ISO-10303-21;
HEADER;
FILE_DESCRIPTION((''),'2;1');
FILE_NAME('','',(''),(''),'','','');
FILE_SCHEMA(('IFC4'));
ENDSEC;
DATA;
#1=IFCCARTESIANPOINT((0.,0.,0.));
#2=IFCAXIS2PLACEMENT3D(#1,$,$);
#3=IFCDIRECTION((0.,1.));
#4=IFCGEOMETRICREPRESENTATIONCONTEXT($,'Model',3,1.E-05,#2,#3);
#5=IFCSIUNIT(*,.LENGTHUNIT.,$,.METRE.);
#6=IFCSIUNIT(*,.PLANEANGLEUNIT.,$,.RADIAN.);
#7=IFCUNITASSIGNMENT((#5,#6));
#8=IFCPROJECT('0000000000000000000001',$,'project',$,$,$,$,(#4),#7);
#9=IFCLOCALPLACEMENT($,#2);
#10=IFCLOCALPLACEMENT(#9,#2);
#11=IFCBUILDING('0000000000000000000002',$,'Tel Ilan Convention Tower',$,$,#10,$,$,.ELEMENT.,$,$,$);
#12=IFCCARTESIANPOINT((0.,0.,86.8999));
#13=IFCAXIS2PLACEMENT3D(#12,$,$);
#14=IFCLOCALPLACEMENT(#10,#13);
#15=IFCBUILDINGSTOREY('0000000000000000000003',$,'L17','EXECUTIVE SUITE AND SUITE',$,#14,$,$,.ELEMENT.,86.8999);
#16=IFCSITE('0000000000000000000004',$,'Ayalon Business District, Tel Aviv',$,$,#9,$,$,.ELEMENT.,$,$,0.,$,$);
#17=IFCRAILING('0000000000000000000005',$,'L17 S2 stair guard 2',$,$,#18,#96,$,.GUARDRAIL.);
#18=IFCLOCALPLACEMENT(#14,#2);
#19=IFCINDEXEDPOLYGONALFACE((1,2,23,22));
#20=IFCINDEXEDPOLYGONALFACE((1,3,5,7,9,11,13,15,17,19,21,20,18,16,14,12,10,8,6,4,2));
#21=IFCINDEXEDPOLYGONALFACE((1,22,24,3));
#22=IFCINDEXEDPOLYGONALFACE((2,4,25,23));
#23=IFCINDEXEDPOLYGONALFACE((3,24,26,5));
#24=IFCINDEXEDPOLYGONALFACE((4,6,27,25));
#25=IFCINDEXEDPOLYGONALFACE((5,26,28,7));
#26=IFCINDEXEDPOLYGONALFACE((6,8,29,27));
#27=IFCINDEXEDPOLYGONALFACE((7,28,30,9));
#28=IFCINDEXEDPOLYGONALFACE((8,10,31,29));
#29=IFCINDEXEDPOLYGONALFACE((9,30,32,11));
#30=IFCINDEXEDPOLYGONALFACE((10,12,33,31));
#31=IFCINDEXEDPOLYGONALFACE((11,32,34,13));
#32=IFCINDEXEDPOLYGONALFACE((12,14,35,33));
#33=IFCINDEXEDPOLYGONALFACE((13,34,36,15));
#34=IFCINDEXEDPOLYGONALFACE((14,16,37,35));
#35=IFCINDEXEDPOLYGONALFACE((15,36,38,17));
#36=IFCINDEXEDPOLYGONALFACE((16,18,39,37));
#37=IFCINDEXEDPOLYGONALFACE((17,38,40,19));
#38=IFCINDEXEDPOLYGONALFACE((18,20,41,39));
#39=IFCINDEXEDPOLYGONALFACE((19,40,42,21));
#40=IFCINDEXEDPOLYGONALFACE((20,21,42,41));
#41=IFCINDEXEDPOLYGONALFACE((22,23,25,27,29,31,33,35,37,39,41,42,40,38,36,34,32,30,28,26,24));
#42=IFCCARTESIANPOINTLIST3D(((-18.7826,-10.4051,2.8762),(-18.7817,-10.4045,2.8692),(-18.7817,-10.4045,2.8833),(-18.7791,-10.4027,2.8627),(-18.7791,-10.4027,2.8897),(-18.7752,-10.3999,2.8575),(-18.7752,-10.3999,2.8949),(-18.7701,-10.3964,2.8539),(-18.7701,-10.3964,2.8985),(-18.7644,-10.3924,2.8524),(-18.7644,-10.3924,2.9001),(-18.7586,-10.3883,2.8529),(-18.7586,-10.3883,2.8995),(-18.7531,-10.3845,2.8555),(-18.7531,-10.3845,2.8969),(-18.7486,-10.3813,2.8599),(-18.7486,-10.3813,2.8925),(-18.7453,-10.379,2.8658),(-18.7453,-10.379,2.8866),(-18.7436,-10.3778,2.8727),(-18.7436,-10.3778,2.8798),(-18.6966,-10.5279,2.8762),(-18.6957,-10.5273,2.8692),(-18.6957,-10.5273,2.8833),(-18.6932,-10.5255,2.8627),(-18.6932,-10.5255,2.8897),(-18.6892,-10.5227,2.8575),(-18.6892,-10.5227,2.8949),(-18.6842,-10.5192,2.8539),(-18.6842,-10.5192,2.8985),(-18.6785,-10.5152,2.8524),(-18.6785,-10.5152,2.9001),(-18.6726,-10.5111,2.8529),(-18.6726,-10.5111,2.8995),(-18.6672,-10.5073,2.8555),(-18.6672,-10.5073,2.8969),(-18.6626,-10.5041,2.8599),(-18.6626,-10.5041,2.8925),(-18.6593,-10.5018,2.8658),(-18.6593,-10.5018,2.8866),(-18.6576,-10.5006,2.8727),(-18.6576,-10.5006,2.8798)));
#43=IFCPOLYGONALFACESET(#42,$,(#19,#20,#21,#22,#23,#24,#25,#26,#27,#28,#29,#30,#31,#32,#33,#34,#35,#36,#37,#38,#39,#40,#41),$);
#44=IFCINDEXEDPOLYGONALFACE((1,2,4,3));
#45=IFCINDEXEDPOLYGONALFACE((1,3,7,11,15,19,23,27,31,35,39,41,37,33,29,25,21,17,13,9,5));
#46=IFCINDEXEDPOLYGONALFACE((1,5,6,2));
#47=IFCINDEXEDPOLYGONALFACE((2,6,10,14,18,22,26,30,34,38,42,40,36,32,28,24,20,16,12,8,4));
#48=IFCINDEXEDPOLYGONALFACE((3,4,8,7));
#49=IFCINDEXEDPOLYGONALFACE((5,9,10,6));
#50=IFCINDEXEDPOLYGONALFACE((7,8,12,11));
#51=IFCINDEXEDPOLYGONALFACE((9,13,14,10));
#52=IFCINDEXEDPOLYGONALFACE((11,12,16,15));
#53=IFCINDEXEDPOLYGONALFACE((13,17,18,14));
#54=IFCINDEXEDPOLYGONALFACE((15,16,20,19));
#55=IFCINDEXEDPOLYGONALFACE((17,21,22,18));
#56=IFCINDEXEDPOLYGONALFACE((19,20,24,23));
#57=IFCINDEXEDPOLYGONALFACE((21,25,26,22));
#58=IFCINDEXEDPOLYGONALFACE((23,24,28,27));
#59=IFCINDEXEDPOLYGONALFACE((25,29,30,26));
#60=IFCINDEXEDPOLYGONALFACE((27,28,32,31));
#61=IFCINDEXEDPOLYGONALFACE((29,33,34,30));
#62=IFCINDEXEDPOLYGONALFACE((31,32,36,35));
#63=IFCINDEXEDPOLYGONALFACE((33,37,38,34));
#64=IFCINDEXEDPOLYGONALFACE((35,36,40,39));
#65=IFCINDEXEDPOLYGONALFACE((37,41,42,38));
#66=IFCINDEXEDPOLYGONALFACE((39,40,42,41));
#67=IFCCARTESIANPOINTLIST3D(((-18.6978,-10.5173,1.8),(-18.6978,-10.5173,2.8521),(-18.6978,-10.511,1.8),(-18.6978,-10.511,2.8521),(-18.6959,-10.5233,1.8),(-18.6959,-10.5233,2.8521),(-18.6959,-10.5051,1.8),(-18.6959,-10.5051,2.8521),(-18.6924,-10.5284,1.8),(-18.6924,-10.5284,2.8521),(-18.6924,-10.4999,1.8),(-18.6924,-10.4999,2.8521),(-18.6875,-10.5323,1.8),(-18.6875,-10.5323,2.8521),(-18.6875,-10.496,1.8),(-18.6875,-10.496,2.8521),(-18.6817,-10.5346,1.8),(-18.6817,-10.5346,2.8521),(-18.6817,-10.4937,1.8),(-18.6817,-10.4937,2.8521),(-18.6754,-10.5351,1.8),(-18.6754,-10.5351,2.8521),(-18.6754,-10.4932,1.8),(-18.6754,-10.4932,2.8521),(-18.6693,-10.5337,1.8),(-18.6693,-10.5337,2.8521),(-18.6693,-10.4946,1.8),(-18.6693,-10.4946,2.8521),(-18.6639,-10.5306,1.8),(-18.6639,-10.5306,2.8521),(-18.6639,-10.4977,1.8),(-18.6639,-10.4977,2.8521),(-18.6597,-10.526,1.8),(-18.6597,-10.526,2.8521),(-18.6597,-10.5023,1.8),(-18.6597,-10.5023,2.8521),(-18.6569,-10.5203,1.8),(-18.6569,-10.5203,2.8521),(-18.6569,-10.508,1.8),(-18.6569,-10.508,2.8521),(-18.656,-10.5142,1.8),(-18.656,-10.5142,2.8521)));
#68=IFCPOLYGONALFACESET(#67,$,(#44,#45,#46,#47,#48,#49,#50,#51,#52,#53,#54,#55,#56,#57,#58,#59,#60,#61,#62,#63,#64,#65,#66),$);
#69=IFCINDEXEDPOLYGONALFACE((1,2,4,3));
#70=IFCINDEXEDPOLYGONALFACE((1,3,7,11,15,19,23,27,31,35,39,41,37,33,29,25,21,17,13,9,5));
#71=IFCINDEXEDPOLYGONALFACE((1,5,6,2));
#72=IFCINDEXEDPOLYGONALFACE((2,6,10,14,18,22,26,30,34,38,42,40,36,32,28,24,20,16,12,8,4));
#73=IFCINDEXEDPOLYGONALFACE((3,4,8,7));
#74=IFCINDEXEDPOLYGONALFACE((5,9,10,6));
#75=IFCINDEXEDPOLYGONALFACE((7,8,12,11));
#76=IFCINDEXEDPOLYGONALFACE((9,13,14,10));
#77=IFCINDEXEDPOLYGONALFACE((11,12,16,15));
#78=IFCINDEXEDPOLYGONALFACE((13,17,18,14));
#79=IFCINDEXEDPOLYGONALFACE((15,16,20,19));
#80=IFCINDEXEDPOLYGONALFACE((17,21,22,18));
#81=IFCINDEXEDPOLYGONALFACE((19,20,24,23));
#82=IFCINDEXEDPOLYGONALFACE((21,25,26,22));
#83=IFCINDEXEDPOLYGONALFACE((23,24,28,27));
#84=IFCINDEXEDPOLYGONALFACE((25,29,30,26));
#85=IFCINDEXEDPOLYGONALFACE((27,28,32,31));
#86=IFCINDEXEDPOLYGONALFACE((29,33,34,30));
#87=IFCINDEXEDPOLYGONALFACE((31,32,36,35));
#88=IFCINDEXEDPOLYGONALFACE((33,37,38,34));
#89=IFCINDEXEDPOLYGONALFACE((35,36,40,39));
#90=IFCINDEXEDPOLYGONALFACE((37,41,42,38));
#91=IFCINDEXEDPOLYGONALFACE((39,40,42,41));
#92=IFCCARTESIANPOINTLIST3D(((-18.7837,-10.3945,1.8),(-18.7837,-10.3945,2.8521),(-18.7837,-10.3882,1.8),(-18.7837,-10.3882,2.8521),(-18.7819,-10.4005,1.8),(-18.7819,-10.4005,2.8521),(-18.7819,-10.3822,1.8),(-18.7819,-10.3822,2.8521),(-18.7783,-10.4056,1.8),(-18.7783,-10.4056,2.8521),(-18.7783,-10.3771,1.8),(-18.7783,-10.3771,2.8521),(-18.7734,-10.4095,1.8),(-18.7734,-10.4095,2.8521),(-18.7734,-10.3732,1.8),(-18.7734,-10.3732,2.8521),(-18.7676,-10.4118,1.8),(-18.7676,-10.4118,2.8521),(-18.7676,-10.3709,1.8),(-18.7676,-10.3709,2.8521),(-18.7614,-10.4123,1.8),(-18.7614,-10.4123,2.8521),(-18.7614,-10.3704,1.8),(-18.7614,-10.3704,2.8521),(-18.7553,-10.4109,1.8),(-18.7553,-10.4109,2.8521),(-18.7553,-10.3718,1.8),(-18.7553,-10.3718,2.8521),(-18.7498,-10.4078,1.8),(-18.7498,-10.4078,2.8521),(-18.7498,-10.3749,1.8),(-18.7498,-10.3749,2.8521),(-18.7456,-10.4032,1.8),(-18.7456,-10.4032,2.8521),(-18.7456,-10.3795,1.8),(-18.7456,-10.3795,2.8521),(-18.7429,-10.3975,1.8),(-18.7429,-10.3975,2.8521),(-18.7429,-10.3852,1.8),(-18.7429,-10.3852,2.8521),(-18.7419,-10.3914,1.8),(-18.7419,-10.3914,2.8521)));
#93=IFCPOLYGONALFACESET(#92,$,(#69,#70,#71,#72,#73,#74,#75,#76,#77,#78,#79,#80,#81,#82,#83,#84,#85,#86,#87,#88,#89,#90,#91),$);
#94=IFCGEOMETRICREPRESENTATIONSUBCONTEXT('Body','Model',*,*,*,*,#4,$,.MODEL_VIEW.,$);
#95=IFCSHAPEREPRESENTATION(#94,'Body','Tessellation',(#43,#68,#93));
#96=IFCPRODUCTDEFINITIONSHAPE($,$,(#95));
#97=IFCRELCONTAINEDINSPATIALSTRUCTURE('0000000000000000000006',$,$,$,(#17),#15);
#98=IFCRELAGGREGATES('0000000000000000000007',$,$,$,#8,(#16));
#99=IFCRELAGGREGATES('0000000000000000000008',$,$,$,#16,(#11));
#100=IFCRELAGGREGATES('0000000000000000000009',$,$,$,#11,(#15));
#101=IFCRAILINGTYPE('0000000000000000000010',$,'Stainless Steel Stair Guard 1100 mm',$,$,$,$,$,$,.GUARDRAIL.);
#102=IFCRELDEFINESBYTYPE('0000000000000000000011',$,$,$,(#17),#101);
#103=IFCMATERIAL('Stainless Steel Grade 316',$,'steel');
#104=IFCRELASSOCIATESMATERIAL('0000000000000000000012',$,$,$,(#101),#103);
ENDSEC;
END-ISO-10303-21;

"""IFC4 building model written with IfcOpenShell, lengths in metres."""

from ifc_helpers import new_model, si_unit, direction, frame, origin, origin_2d, place, context, subcontext, project, spatial, circle, extrude, material, type_object, element, save


model = new_model("IFC4")

# Units and contexts
model_context = context("Model", 3, precision=1e-05, world=origin(), true_north=direction((0.0, 1.0)))
body_context = subcontext(model_context, "Body", "Model", "MODEL_VIEW")
ifc_project = project(units=[si_unit("LENGTHUNIT", "METRE"), si_unit("PLANEANGLEUNIT", "RADIAN")], contexts=[model_context])

# Site, building, storey
site_placement = place(None, origin())
site = spatial("IfcSite", under=ifc_project, at=site_placement, Name="Ayalon Business District, Tel Aviv", CompositionType="ELEMENT", RefElevation=0.0)
building_placement = place(site_placement, origin())
building = spatial("IfcBuilding", under=site, at=building_placement, Name="Tel Ilan Convention Tower", CompositionType="ELEMENT")
storey_placement = place(building_placement, frame((0.0, 0.0, 86.8999)))
storey = spatial("IfcBuildingStorey", under=building, at=storey_placement, Name="L17", Description="EXECUTIVE SUITE AND SUITE", CompositionType="ELEMENT", Elevation=86.8999)

# Railing
ifc_material_1 = material(Name="Stainless Steel Grade 316", Category="steel")
railing_type_1 = type_object("IfcRailingType", Name="Stainless Steel Stair Guard 1100 mm", PredefinedType="GUARDRAIL", material=ifc_material_1)
railing_1_placement = place(storey_placement, frame((-18.677, -10.5142, 1.8)))
element("IfcRailing", 1, at=railing_1_placement, inside=storey, type_object=railing_type_1, Name="L17 S2 stair guard 2", PredefinedType="GUARDRAIL", context=body_context, shape_type="SweptSolid", body=[
    extrude(circle(Radius=0.0239, at=origin_2d()), frame((0.0, 0.0, 1.0762), z_axis=(-0.573353, 0.819308, 0.0), x_axis=(-0.819308, -0.573353, 0.0)), (0.0, 0.0, 1.0), 0.1499),
    extrude(circle(Radius=0.021, at=origin_2d()), origin(), (0.0, 0.0, 1.0), 1.052),
    extrude(circle(Radius=0.021, at=origin_2d()), frame((-0.0859, 0.1228, 0.0)), (0.0, 0.0, 1.0), 1.052),
])

save(model, "model.ifc")
